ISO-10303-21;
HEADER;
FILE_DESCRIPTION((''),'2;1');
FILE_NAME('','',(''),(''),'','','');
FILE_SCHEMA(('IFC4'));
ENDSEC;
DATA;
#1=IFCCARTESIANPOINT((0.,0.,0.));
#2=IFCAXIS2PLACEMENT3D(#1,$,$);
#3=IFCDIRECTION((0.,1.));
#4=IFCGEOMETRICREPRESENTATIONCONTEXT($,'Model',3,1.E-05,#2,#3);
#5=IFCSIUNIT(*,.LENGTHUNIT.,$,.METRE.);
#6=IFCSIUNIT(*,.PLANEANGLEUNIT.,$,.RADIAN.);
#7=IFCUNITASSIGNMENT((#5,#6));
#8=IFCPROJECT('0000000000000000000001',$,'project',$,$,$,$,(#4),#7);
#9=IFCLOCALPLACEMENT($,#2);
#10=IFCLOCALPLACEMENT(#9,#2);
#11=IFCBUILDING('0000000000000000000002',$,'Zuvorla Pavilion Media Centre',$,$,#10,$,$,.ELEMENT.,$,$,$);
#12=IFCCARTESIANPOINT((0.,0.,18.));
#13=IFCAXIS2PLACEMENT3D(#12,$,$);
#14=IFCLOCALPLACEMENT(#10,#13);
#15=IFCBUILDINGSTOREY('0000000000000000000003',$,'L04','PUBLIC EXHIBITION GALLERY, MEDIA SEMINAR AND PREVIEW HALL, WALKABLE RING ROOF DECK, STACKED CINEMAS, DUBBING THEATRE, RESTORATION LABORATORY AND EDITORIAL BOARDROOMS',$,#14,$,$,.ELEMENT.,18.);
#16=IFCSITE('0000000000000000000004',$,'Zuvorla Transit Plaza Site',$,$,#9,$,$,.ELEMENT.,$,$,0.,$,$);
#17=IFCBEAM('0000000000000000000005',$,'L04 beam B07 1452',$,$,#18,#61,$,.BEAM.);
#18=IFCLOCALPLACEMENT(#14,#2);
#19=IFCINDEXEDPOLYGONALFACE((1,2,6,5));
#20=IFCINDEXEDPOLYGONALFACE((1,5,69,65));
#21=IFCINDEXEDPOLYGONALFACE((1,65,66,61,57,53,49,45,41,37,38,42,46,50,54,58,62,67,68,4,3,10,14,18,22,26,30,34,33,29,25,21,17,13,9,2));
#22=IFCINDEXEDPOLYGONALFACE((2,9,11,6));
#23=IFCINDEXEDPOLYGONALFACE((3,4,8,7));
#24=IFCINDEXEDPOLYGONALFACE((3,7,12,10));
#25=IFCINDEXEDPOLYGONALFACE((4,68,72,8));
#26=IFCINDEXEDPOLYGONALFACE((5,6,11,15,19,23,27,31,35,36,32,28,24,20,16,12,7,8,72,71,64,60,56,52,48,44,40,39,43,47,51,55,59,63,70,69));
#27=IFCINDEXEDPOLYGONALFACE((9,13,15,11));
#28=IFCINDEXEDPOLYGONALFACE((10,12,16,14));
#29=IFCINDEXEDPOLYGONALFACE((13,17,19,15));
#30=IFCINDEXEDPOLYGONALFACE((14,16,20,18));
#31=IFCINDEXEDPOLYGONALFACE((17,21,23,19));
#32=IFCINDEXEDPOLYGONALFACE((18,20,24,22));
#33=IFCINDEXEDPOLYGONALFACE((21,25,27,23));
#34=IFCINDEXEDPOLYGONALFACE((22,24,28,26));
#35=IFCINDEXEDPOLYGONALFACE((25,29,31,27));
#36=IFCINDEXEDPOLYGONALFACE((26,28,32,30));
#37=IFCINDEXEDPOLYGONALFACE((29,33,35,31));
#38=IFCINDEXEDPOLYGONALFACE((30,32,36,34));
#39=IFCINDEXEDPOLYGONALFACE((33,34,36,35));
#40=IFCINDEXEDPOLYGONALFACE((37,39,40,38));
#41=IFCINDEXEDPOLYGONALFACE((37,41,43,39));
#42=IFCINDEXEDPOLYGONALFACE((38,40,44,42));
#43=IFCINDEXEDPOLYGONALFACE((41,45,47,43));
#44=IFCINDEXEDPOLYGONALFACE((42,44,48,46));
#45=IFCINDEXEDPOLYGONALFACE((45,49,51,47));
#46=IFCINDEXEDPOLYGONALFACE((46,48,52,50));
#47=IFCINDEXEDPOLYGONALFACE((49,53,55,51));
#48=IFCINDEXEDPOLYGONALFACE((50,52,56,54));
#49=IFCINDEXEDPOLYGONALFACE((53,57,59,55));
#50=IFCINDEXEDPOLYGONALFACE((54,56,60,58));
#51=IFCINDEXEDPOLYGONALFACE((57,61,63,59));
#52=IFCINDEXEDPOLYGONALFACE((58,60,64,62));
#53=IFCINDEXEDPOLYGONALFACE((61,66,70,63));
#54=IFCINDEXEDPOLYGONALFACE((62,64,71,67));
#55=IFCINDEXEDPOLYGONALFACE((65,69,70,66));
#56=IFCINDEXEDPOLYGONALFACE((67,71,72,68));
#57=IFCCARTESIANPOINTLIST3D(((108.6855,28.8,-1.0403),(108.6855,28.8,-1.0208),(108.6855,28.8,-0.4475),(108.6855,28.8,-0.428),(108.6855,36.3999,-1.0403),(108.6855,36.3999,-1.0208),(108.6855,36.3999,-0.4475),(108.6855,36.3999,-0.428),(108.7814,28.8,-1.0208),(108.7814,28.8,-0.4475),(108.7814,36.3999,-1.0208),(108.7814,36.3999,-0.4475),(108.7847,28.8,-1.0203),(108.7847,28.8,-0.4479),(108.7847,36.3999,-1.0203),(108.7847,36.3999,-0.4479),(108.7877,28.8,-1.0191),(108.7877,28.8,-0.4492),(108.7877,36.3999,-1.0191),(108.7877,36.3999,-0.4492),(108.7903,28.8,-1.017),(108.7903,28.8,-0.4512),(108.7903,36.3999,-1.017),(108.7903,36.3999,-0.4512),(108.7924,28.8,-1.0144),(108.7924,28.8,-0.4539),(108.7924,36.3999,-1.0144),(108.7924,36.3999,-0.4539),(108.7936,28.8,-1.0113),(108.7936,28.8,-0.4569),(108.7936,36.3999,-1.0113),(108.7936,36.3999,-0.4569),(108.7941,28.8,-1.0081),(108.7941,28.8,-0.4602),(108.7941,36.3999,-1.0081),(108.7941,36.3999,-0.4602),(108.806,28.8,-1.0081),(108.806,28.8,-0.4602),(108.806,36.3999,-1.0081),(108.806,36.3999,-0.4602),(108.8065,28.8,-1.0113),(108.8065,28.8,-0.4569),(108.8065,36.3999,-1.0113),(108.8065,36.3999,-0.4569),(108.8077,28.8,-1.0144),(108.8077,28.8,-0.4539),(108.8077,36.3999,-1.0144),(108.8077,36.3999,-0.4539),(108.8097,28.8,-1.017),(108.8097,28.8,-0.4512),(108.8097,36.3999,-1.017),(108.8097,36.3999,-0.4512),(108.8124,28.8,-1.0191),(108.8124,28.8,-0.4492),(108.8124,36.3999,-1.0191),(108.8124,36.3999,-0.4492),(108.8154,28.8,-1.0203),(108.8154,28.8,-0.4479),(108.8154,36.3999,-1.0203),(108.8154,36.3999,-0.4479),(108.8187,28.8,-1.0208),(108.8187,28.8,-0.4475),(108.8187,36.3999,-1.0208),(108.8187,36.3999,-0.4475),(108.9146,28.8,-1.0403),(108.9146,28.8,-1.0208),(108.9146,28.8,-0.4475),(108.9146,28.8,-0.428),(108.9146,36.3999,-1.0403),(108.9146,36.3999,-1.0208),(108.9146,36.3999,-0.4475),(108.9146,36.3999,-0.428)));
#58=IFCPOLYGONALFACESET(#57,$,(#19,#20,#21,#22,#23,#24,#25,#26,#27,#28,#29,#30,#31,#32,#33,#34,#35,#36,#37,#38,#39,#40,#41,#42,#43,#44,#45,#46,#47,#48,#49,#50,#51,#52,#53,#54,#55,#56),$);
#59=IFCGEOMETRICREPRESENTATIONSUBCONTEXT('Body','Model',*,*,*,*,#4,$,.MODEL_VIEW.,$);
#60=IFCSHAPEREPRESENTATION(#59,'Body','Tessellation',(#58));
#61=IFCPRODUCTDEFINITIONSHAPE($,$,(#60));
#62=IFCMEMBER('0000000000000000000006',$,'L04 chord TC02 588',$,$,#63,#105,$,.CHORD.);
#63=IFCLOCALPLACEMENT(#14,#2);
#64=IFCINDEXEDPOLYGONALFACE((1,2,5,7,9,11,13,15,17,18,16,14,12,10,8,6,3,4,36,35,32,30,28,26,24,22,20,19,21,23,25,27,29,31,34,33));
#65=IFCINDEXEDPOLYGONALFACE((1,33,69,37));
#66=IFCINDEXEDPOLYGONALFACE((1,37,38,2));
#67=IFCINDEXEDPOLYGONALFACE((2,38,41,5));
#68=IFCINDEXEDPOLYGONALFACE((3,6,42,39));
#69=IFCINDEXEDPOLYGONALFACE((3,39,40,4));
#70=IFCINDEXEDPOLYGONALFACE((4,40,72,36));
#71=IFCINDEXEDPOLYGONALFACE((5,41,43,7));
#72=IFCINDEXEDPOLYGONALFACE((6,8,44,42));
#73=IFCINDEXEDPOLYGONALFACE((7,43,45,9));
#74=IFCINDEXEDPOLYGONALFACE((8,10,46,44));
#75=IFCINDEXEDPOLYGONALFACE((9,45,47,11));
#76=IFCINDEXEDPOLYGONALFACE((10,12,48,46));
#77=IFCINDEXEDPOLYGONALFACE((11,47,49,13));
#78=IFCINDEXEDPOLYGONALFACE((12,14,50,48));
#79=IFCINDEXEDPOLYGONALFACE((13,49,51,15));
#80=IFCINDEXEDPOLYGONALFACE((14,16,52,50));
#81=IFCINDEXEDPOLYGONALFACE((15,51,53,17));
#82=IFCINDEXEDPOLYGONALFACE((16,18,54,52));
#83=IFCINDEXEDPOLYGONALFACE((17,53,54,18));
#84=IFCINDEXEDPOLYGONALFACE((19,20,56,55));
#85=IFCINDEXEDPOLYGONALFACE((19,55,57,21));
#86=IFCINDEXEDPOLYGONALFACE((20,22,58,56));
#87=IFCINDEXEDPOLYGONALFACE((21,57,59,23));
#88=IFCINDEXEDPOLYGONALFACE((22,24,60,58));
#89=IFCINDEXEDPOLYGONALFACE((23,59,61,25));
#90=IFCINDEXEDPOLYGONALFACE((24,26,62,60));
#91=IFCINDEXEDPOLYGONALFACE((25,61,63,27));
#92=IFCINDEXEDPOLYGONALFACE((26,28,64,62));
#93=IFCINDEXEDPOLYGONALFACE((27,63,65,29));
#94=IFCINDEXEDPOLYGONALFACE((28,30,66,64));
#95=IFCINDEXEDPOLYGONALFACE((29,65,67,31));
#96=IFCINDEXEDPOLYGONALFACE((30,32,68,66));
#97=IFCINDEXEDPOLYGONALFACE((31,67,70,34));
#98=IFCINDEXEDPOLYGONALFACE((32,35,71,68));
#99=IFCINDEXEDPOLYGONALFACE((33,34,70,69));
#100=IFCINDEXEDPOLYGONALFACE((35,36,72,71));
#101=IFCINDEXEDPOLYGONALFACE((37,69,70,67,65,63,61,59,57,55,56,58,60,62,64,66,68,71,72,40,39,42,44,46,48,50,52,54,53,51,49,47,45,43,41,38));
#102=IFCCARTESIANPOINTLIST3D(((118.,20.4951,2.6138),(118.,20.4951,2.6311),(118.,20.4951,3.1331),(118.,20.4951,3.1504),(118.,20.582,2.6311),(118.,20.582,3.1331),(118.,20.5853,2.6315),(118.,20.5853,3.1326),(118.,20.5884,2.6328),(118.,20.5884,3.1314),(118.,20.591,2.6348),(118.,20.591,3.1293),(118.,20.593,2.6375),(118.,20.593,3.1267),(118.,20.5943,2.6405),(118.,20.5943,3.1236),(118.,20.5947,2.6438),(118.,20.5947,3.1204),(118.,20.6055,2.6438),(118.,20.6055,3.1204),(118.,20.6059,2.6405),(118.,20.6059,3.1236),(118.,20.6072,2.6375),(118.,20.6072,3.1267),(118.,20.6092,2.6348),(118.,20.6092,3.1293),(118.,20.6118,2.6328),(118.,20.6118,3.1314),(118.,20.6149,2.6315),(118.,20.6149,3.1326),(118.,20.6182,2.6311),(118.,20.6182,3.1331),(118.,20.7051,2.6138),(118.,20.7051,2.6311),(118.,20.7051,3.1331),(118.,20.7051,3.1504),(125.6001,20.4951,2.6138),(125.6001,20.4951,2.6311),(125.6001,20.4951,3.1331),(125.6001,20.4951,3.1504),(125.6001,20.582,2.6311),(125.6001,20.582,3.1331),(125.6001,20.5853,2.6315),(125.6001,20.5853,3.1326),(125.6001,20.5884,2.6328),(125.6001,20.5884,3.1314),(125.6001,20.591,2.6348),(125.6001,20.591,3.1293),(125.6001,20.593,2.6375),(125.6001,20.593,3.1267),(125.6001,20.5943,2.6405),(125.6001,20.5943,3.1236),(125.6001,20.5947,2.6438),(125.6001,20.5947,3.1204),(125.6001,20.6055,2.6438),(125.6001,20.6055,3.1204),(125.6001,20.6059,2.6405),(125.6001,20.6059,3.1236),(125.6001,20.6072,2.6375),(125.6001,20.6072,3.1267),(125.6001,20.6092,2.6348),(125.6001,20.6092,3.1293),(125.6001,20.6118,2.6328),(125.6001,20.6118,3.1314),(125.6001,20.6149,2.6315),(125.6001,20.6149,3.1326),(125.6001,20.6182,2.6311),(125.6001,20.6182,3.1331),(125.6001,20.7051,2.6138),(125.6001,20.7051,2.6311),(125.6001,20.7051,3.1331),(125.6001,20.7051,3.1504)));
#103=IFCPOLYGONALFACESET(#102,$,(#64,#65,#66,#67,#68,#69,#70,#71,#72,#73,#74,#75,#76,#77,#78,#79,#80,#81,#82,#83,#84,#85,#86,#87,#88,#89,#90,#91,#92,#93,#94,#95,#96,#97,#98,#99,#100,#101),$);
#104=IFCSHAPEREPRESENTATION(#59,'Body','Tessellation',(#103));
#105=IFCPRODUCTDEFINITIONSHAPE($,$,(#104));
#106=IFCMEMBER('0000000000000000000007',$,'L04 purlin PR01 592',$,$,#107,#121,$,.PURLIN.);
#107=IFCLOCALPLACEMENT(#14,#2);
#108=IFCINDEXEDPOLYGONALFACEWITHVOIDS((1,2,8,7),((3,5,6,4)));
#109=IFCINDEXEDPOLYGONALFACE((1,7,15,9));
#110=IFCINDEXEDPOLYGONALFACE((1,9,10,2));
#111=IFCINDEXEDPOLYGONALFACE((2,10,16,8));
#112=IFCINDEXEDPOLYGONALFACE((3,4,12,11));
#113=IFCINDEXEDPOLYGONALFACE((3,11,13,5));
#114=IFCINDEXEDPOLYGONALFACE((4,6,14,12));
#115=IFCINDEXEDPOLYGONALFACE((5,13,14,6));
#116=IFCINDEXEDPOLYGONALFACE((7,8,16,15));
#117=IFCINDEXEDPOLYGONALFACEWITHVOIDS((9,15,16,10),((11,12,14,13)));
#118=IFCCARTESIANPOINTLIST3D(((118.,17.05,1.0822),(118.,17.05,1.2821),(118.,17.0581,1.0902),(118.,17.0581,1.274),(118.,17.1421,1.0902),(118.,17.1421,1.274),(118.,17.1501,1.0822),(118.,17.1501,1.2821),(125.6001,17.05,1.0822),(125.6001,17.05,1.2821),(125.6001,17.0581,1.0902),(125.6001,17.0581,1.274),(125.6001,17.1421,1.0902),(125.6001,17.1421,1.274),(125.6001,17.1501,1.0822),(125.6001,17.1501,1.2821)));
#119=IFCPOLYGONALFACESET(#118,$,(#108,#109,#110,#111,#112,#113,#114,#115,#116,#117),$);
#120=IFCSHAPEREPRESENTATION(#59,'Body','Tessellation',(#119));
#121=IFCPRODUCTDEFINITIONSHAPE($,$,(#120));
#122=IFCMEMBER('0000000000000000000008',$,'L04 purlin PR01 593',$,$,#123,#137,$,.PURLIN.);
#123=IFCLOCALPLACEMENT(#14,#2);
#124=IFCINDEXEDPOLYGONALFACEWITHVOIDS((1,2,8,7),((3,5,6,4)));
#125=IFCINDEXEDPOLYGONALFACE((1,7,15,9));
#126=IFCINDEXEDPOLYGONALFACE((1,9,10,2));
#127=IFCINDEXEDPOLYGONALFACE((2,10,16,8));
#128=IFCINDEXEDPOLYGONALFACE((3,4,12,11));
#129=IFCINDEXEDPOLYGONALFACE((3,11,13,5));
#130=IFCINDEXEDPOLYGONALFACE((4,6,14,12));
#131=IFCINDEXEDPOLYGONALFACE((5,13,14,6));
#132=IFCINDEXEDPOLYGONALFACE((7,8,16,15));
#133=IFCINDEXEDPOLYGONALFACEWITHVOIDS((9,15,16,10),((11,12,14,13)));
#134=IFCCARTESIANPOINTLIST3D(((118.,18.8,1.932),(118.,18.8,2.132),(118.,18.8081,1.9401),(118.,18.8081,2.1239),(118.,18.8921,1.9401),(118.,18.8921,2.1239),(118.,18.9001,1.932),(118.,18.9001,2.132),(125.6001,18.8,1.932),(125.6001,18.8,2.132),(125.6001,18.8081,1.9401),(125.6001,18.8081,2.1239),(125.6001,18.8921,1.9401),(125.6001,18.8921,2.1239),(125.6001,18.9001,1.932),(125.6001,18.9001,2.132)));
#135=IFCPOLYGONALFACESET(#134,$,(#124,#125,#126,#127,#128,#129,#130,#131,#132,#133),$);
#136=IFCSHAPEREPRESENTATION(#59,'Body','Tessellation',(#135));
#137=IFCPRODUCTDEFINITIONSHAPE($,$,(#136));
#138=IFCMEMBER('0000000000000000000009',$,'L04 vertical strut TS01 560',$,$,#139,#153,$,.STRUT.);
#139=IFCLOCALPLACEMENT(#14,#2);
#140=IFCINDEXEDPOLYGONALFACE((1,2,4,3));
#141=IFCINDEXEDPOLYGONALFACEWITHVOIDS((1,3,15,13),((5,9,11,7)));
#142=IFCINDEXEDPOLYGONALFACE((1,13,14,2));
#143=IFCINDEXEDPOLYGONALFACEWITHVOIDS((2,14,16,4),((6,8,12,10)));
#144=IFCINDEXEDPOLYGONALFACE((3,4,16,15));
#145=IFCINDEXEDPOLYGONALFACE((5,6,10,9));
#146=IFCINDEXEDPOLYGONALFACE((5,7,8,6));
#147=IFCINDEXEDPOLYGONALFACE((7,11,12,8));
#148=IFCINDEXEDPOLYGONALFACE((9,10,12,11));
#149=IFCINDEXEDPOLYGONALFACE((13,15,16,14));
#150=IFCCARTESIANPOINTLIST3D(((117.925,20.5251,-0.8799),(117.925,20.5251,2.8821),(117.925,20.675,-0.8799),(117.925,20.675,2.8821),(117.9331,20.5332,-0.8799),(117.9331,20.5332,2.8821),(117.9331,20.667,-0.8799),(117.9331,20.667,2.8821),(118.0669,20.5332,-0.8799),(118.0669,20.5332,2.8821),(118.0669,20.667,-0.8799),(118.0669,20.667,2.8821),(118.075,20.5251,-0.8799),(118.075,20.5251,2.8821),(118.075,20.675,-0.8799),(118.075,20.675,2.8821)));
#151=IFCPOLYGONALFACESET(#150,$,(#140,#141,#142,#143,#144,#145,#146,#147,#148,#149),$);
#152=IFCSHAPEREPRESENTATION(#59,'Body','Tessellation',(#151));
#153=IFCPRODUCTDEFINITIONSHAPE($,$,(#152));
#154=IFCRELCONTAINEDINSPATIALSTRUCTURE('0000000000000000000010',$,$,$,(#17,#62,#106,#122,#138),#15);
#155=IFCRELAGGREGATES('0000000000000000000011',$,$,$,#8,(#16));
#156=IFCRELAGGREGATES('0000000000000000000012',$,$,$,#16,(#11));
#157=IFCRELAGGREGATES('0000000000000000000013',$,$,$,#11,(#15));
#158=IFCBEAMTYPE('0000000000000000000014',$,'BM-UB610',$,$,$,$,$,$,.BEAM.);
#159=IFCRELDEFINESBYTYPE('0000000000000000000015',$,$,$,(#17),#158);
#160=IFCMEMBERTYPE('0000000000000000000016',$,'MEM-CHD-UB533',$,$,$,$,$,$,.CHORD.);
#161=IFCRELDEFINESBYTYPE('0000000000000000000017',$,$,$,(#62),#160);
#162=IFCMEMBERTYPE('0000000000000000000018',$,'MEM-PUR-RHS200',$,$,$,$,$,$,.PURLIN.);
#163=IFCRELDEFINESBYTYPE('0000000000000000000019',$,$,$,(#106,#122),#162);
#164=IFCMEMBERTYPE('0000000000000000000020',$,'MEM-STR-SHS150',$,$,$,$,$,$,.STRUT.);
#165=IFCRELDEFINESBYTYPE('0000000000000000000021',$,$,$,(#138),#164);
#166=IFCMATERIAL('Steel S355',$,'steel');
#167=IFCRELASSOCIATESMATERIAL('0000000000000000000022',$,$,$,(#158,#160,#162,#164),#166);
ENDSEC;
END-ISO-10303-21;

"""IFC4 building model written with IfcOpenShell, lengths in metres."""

from ifc_helpers import new_model, si_unit, direction, frame, origin, origin_2d, place, context, subcontext, project, spatial, hollow_rectangle, i_section, extrude, material, material_profile, profile_set, type_object, element, save


model = new_model("IFC4")

# Units and contexts
model_context = context("Model", 3, precision=1e-05, world=origin(), true_north=direction((0.0, 1.0)))
body_context = subcontext(model_context, "Body", "Model", "MODEL_VIEW")
ifc_project = project(units=[si_unit("LENGTHUNIT", "METRE"), si_unit("PLANEANGLEUNIT", "RADIAN")], contexts=[model_context])

# Site, building, storey
site_placement = place(None, origin())
site = spatial("IfcSite", under=ifc_project, at=site_placement, Name="Zuvorla Transit Plaza Site", CompositionType="ELEMENT", RefElevation=0.0)
building_placement = place(site_placement, origin())
building = spatial("IfcBuilding", under=site, at=building_placement, Name="Zuvorla Pavilion Media Centre", CompositionType="ELEMENT")
storey_placement = place(building_placement, frame((0.0, 0.0, 18.0)))
storey = spatial("IfcBuildingStorey", under=building, at=storey_placement, Name="L04", Description="PUBLIC EXHIBITION GALLERY, MEDIA SEMINAR AND PREVIEW HALL, WALKABLE RING ROOF DECK, STACKED CINEMAS, DUBBING THEATRE, RESTORATION LABORATORY AND EDITORIAL BOARDROOMS", CompositionType="ELEMENT", Elevation=18.0)

# Beam
ifc_material_1 = material(Name="Steel S355", Category="steel")
ifc_material_profile_1 = material_profile(ifc_material_1, i_section(OverallWidth=0.229, OverallDepth=0.6123, WebThickness=0.012, FlangeThickness=0.0195, FilletRadius=0.0127, at=origin_2d()), Name="UB 610x229x125")
ifc_profile_set_1 = profile_set([ifc_material_profile_1], Name="Steel S355")
beam_type_1 = type_object("IfcBeamType", Name="BM-UB610", PredefinedType="BEAM", material=ifc_profile_set_1)
beam_1_placement = place(storey_placement, frame((108.8, 28.8, -0.7341), z_axis=(0.0, 1.0, 0.0), x_axis=(-1.0, 0.0, 0.0)))
element("IfcBeam", 1, at=beam_1_placement, inside=storey, type_object=beam_type_1, Name="L04 beam B07 1452", PredefinedType="BEAM", context=body_context, shape_type="SweptSolid", body=[
    extrude(i_section(OverallWidth=0.229, OverallDepth=0.6123, WebThickness=0.012, FlangeThickness=0.0195, FilletRadius=0.0127, at=origin_2d()), origin(), (0.0, 0.0, 1.0), 7.5999),
])

# Members
ifc_material_profile_2 = material_profile(ifc_material_1, i_section(OverallWidth=0.21, OverallDepth=0.5366, WebThickness=0.0107, FlangeThickness=0.0173, FilletRadius=0.0127, at=origin_2d()), Name="UB 533x210x101")
ifc_profile_set_2 = profile_set([ifc_material_profile_2], Name="Steel S355")
member_type_1 = type_object("IfcMemberType", Name="MEM-CHD-UB533", PredefinedType="CHORD", material=ifc_profile_set_2)
member_1_placement = place(storey_placement, frame((118.0, 20.6001, 2.8821), z_axis=(1.0, 0.0, 0.0), x_axis=(0.0, 1.0, 0.0)))
element("IfcMember", 2, at=member_1_placement, inside=storey, type_object=member_type_1, Name="L04 chord TC02 588", PredefinedType="CHORD", context=body_context, shape_type="SweptSolid", body=[
    extrude(i_section(OverallWidth=0.21, OverallDepth=0.5366, WebThickness=0.0107, FlangeThickness=0.0173, FilletRadius=0.0127, at=origin_2d()), origin(), (0.0, 0.0, 1.0), 7.6001),
])
ifc_material_profile_3 = material_profile(ifc_material_1, hollow_rectangle(XDim=0.1001, YDim=0.2, WallThickness=0.0081, at=origin_2d()), Name="RHS 200x100x8")
ifc_profile_set_3 = profile_set([ifc_material_profile_3], Name="Steel S355")
member_type_2 = type_object("IfcMemberType", Name="MEM-PUR-RHS200", PredefinedType="PURLIN", material=ifc_profile_set_3)
for number, where, z_axis, x_axis, name in (
    (3, (118.0, 17.1001, 1.1821), (1.0, 0.0, 0.0), (0.0, 1.0, 0.0), "L04 purlin PR01 592"),
    (4, (118.0, 18.8501, 2.032), (1.0, 0.0, 0.0), (0.0, 1.0, 0.0), "L04 purlin PR01 593"),
):
    element("IfcMember", number, at=place(storey_placement, frame(where, z_axis=z_axis, x_axis=x_axis)), inside=storey, type_object=member_type_2, Name=name, PredefinedType="PURLIN", context=body_context, shape_type="SweptSolid", body=[
        extrude(hollow_rectangle(XDim=0.1001, YDim=0.2, WallThickness=0.0081, at=origin_2d()), origin(), (0.0, 0.0, 1.0), 7.6001),
    ])
ifc_material_profile_4 = material_profile(ifc_material_1, hollow_rectangle(XDim=0.1499, YDim=0.1499, WallThickness=0.0081, at=origin_2d()), Name="SHS 150x150x8")
ifc_profile_set_4 = profile_set([ifc_material_profile_4], Name="Steel S355")
member_type_3 = type_object("IfcMemberType", Name="MEM-STR-SHS150", PredefinedType="STRUT", material=ifc_profile_set_4)
member_2_placement = place(storey_placement, frame((118.0, 20.6001, -0.8799), z_axis=(0.0, 0.0, 1.0), x_axis=(1.0, 0.0, 0.0)))
element("IfcMember", 5, at=member_2_placement, inside=storey, type_object=member_type_3, Name="L04 vertical strut TS01 560", PredefinedType="STRUT", context=body_context, shape_type="SweptSolid", body=[
    extrude(hollow_rectangle(XDim=0.1499, YDim=0.1499, WallThickness=0.0081, at=origin_2d()), origin(), (0.0, 0.0, 1.0), 3.762),
])

save(model, "model.ifc")
